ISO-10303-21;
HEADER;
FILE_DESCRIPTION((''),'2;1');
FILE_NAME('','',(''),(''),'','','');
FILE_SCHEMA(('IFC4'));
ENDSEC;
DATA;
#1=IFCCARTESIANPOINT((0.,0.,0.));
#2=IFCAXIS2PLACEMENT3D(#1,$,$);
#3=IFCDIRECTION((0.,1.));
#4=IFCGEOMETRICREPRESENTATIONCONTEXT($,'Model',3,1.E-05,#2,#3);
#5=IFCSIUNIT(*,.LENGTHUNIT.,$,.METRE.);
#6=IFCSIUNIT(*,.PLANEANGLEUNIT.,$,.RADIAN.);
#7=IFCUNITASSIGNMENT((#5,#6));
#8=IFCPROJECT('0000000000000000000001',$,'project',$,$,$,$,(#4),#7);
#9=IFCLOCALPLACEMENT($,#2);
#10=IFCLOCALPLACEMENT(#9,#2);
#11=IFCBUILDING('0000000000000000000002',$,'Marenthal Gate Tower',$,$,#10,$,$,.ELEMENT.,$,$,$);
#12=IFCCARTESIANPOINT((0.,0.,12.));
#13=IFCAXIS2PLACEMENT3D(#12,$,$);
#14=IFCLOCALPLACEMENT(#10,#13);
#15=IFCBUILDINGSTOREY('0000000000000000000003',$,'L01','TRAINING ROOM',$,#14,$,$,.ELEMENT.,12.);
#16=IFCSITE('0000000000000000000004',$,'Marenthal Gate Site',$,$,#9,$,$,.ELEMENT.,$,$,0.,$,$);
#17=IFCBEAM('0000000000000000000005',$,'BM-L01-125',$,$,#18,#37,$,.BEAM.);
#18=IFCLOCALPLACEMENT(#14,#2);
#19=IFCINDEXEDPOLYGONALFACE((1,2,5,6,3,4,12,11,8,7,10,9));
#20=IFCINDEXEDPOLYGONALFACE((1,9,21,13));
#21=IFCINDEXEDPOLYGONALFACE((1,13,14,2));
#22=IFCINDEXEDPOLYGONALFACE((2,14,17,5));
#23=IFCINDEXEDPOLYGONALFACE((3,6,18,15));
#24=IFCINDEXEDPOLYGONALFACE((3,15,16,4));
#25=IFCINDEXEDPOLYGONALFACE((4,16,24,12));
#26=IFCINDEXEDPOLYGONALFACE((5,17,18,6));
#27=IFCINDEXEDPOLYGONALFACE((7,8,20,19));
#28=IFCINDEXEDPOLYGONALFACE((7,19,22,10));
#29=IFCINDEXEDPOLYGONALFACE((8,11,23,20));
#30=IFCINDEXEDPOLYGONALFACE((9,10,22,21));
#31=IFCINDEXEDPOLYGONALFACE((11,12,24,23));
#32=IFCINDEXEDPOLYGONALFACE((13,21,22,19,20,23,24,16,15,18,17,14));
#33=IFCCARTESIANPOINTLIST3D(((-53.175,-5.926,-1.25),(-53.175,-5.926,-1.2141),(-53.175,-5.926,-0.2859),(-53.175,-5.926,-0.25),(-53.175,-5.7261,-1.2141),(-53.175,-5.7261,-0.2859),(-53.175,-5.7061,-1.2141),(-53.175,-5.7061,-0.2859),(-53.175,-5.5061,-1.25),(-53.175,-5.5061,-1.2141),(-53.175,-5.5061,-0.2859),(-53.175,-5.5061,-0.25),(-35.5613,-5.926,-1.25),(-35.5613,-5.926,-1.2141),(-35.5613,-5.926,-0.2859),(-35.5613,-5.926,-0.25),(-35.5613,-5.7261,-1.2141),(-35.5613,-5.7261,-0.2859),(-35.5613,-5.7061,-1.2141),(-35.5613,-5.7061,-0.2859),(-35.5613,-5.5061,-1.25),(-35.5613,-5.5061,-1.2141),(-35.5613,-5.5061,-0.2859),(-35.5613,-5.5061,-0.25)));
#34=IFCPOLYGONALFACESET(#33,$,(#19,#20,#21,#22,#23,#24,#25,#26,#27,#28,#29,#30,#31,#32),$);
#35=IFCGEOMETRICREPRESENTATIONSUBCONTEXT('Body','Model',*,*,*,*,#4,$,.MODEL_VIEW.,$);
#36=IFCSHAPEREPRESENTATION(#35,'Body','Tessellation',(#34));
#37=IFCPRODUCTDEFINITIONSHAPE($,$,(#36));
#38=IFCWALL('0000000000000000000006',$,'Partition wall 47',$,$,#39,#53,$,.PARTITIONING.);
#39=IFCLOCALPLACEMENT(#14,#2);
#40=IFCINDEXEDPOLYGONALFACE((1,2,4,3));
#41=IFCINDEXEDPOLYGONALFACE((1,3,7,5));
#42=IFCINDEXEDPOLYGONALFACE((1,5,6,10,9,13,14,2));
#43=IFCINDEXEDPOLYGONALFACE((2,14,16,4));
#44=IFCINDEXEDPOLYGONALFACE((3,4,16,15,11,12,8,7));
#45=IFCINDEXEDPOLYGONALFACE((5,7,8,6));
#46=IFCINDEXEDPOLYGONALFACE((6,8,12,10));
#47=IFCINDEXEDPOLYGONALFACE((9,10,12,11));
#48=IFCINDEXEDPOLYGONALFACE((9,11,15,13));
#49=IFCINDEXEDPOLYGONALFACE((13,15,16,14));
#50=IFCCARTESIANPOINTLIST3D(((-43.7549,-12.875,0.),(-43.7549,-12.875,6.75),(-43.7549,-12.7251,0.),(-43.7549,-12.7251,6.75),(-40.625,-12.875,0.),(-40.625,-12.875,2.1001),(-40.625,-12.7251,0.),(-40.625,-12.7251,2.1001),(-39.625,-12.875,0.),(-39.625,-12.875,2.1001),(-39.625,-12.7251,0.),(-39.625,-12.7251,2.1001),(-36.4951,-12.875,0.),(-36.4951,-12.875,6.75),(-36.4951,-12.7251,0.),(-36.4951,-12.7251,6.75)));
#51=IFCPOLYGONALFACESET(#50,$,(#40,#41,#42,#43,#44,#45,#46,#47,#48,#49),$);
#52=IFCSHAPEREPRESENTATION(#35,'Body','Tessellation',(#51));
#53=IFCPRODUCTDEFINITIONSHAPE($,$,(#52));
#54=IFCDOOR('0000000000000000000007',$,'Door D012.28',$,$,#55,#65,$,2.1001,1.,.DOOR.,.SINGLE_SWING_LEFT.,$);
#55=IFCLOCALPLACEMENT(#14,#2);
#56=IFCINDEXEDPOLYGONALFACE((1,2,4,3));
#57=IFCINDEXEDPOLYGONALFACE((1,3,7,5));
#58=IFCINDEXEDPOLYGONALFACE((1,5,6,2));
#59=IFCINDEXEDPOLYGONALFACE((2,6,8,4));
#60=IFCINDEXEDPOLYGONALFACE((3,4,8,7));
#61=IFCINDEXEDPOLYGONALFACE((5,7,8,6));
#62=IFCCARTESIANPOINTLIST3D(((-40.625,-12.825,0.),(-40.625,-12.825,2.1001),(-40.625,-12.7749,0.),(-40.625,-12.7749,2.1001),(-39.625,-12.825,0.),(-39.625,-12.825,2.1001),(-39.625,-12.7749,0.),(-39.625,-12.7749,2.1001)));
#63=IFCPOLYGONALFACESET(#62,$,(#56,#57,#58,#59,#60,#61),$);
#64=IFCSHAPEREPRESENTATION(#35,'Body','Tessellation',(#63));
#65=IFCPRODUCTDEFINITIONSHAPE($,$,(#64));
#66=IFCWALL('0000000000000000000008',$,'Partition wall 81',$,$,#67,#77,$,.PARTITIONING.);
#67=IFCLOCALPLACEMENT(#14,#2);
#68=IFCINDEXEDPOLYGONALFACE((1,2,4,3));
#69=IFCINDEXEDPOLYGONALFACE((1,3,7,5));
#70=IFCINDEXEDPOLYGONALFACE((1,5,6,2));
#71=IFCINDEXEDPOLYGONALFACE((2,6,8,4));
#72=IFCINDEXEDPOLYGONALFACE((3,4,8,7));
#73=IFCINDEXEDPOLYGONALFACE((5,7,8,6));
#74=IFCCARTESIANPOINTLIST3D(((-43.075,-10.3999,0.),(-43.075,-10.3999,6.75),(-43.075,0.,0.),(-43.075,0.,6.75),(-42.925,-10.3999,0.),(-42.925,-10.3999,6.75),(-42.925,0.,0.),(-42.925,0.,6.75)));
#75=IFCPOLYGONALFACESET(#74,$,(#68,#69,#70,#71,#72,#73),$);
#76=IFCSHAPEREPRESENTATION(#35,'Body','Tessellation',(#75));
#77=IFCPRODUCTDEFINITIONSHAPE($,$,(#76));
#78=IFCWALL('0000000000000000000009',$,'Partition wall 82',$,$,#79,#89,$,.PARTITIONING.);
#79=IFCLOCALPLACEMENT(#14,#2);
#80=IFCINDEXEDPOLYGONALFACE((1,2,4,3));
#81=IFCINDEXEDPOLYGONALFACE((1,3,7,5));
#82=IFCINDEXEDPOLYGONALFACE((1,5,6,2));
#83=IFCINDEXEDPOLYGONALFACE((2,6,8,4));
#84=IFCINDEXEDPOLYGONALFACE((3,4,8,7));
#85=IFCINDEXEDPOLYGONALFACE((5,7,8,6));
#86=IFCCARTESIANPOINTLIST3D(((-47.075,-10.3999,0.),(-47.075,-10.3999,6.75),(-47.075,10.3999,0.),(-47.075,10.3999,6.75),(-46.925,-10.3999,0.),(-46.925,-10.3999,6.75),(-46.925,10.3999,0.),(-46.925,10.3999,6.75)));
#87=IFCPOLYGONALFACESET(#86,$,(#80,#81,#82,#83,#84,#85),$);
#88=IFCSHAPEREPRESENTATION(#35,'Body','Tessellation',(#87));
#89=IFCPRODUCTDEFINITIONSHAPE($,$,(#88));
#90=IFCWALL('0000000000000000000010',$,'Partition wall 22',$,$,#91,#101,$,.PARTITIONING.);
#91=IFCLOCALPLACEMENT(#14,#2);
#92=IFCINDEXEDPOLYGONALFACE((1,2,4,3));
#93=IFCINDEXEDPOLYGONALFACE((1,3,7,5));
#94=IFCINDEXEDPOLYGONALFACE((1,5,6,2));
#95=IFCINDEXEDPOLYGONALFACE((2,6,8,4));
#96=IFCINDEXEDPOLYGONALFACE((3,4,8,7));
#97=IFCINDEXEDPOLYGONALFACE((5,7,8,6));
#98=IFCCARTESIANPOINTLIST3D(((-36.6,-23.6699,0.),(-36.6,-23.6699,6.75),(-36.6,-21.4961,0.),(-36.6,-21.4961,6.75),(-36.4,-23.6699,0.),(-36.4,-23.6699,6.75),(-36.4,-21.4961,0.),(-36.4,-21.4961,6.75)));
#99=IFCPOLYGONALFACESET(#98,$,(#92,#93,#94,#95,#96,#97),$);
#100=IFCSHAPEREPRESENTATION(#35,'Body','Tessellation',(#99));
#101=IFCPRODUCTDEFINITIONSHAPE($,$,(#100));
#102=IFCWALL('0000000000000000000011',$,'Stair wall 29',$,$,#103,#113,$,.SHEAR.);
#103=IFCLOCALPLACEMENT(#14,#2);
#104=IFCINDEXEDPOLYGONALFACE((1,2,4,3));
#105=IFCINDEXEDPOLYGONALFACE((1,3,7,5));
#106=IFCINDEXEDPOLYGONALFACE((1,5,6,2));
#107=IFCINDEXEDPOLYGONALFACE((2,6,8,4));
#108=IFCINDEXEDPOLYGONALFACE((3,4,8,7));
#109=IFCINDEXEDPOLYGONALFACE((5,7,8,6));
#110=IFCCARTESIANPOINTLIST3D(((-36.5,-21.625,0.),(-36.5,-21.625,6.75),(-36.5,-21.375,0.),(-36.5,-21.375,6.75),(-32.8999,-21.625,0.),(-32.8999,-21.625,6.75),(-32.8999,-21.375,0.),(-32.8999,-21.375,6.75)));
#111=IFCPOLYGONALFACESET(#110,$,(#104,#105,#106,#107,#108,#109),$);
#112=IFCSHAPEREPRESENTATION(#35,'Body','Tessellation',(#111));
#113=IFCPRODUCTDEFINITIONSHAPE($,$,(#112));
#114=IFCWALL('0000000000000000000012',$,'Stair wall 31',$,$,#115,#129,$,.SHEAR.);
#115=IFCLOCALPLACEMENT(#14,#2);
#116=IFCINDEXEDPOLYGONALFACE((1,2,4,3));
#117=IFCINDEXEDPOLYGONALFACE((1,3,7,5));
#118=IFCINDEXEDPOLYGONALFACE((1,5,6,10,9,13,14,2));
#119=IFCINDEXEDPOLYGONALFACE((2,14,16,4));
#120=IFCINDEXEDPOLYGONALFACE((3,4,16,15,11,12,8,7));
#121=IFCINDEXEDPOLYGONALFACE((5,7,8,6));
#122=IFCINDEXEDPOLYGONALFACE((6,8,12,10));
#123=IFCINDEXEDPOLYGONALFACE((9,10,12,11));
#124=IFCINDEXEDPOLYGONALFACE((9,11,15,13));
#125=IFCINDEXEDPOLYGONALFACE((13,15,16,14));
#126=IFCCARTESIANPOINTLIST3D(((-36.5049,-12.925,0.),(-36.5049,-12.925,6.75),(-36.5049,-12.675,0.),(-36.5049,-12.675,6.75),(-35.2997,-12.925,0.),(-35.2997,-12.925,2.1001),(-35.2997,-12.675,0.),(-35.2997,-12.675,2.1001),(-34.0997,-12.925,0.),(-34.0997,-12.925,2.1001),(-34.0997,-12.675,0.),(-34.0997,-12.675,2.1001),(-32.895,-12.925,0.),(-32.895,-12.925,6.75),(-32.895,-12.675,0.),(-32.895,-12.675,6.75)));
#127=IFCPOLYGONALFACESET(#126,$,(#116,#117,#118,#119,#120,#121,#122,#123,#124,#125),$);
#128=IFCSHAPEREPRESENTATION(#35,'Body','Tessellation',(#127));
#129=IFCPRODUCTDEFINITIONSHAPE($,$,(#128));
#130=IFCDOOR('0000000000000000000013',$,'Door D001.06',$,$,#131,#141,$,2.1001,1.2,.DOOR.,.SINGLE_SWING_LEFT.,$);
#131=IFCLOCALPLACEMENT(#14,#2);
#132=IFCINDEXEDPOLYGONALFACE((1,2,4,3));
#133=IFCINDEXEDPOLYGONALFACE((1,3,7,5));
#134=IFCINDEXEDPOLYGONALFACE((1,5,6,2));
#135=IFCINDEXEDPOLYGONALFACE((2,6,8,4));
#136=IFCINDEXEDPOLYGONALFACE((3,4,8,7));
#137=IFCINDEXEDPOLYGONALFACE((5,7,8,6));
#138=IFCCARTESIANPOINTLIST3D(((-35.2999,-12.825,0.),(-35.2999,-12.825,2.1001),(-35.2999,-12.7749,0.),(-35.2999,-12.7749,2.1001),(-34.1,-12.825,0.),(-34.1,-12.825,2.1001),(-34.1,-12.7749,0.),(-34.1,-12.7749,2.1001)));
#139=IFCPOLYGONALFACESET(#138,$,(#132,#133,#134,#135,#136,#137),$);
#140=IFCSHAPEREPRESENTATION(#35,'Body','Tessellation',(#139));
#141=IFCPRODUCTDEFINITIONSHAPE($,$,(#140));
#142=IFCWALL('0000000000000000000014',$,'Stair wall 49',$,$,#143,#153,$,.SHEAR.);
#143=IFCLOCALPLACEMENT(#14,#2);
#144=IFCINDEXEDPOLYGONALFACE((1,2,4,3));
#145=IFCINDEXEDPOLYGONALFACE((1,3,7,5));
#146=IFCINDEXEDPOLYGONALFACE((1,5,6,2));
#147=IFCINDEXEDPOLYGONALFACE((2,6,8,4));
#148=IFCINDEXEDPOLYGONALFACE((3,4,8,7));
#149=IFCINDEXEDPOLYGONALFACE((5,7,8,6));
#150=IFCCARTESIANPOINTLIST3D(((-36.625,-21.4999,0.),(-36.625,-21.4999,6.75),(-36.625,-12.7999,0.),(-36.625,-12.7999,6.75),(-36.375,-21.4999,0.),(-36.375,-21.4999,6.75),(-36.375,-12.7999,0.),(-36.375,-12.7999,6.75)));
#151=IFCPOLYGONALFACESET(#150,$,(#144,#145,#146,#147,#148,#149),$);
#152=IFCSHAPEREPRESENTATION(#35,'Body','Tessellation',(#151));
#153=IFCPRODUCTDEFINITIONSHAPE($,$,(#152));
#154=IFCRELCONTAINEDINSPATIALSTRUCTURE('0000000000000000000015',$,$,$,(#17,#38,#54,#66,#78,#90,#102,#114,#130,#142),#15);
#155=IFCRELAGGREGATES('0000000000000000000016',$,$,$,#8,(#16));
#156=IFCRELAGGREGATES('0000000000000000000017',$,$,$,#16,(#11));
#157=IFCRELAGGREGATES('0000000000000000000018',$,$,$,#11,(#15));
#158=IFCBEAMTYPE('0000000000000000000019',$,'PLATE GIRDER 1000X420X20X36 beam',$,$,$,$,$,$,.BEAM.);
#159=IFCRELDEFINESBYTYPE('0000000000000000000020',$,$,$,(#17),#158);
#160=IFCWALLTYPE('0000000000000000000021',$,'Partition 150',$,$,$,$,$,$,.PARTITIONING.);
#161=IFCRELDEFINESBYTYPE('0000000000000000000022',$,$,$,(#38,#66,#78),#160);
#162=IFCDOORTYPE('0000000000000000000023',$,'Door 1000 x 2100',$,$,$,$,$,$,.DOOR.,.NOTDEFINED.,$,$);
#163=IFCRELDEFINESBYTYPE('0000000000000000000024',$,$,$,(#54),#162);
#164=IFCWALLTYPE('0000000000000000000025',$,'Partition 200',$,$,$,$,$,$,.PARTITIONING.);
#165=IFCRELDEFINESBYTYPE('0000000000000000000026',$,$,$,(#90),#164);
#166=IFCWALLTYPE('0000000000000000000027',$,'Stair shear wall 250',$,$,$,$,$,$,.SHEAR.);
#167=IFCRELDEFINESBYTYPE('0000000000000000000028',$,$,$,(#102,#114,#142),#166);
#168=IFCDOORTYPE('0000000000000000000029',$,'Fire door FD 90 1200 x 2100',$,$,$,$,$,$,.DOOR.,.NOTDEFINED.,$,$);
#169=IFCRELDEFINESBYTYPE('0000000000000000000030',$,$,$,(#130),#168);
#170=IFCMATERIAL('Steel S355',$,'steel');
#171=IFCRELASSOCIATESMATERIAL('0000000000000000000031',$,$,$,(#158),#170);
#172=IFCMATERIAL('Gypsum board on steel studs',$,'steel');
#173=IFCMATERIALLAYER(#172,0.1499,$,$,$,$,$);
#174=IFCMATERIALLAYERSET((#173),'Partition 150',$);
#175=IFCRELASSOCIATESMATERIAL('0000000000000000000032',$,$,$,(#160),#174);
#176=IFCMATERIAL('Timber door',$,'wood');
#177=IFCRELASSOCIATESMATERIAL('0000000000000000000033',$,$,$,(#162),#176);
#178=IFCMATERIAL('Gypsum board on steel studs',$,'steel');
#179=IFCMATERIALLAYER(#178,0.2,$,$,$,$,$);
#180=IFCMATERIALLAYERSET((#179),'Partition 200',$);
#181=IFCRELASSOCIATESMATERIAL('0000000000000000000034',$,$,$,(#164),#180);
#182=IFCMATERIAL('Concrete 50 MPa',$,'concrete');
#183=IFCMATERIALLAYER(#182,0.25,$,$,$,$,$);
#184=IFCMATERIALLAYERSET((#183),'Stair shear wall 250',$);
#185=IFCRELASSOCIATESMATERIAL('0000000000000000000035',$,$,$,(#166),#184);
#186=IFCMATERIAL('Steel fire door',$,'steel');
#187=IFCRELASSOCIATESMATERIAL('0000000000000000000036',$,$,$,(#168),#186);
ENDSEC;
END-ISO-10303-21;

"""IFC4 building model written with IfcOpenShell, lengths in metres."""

from ifc_helpers import new_model, si_unit, direction, frame, frame_2d, origin, origin_2d, place, context, subcontext, project, spatial, rectangle, i_section, extrude, material, layer, layer_set, material_profile, profile_set, type_object, element, fill, save


model = new_model("IFC4")

# Units and contexts
model_context = context("Model", 3, precision=1e-05, world=origin(), true_north=direction((0.0, 1.0)))
body_context = subcontext(model_context, "Body", "Model", "MODEL_VIEW")
ifc_project = project(units=[si_unit("LENGTHUNIT", "METRE"), si_unit("PLANEANGLEUNIT", "RADIAN")], contexts=[model_context])

# Site, building, storey
site_placement = place(None, origin())
site = spatial("IfcSite", under=ifc_project, at=site_placement, Name="Marenthal Gate Site", CompositionType="ELEMENT", RefElevation=0.0)
building_placement = place(site_placement, origin())
building = spatial("IfcBuilding", under=site, at=building_placement, Name="Marenthal Gate Tower", CompositionType="ELEMENT")
storey_placement = place(building_placement, frame((0.0, 0.0, 12.0)))
storey = spatial("IfcBuildingStorey", under=building, at=storey_placement, Name="L01", Description="TRAINING ROOM", CompositionType="ELEMENT", Elevation=12.0)

# Beam
ifc_material_1 = material(Name="Steel S355", Category="steel")
ifc_material_profile = material_profile(ifc_material_1, i_section(OverallWidth=0.4199, OverallDepth=1.0, WebThickness=0.02, FlangeThickness=0.0359, at=origin_2d()), Name="PLATE GIRDER 1000X420X20X36")
ifc_profile_set = profile_set([ifc_material_profile], Name="Steel S355")
beam_type = type_object("IfcBeamType", Name="PLATE GIRDER 1000X420X20X36 beam", PredefinedType="BEAM", material=ifc_profile_set)
beam_placement = place(storey_placement, frame((-35.5613, -5.7161, -0.75), z_axis=(-1.0, 0.0, 0.0), x_axis=(0.0, -1.0, 0.0)))
element("IfcBeam", 1, at=beam_placement, inside=storey, type_object=beam_type, Name="BM-L01-125", PredefinedType="BEAM", context=body_context, shape_type="SweptSolid", body=[
    extrude(i_section(OverallWidth=0.4199, OverallDepth=1.0, WebThickness=0.02, FlangeThickness=0.0359, at=origin_2d()), origin(), (0.0, 0.0, 1.0), 17.6138),
])

# Wall, opening, door
ifc_material_2 = material(Name="Gypsum board on steel studs", Category="steel")
ifc_layer_1 = layer(ifc_material_2, 0.1499)
ifc_layer_set_1 = layer_set([ifc_layer_1], Name="Partition 150")
wall_type_1 = type_object("IfcWallType", Name="Partition 150", PredefinedType="PARTITIONING", material=ifc_layer_set_1)
wall_1_placement = place(storey_placement, frame((-43.7549, -12.8, 0.0), z_axis=(0.0, 0.0, 1.0), x_axis=(1.0, 0.0, 0.0)))
wall_1 = element("IfcWall", 2, at=wall_1_placement, inside=storey, type_object=wall_type_1, Name="Partition wall 47", PredefinedType="PARTITIONING", context=body_context, shape_type="SweptSolid", body=[
    extrude(rectangle(XDim=7.2598, YDim=0.1499, at=frame_2d((3.6299, 0.0))), origin(), (0.0, 0.0, 1.0), 6.75),
])
opening_1_placement = place(wall_1_placement, frame((3.1299, 0.0, 0.0)))
opening_1 = element("IfcOpeningElement", 3, at=opening_1_placement, cuts=wall_1, PredefinedType="OPENING", context=body_context, shape_type="SweptSolid", body=[
    extrude(rectangle(XDim=1.0, YDim=2.1001, at=frame_2d((0.5, 1.05))), frame((0.0, 0.085, 0.0), z_axis=(0.0, -1.0, 0.0), x_axis=(1.0, 0.0, 0.0)), (0.0, 0.0, 1.0), 0.1699),
])
ifc_material_3 = material(Name="Timber door", Category="wood")
door_type_1 = type_object("IfcDoorType", Name="Door 1000 x 2100", OperationType="NOTDEFINED", PredefinedType="DOOR", material=ifc_material_3)
door_1_placement = place(opening_1_placement, frame((1.0, 0.0, 0.0), z_axis=(0.0, 0.0, 1.0), x_axis=(-1.0, 0.0, 0.0)))
door_1 = element("IfcDoor", 4, at=door_1_placement, inside=storey, type_object=door_type_1, Name="Door D012.28", OperationType="SINGLE_SWING_LEFT", OverallHeight=2.1001, OverallWidth=1.0, PredefinedType="DOOR", context=body_context, shape_type="SweptSolid", body=[
    extrude(rectangle(XDim=1.0, YDim=2.1001, at=frame_2d((0.5, 1.05))), frame((0.0, 0.0249, 0.0), z_axis=(0.0, -1.0, 0.0), x_axis=(1.0, 0.0, 0.0)), (0.0, 0.0, 1.0), 0.05),
])
fill(opening_1, door_1)

# Walls
wall_2_placement = place(storey_placement, frame((-43.0, -10.3999, 0.0), z_axis=(0.0, 0.0, 1.0), x_axis=(0.0, 1.0, 0.0)))
element("IfcWall", 5, at=wall_2_placement, inside=storey, type_object=wall_type_1, Name="Partition wall 81", PredefinedType="PARTITIONING", context=body_context, shape_type="SweptSolid", body=[
    extrude(rectangle(XDim=10.3999, YDim=0.1499, at=frame_2d((5.2, 0.0))), origin(), (0.0, 0.0, 1.0), 6.75),
])
wall_3_placement = place(storey_placement, frame((-47.0, -10.3999, 0.0), z_axis=(0.0, 0.0, 1.0), x_axis=(0.0, 1.0, 0.0)))
element("IfcWall", 6, at=wall_3_placement, inside=storey, type_object=wall_type_1, Name="Partition wall 82", PredefinedType="PARTITIONING", context=body_context, shape_type="SweptSolid", body=[
    extrude(rectangle(XDim=20.7998, YDim=0.1499, at=frame_2d((10.3999, 0.0))), origin(), (0.0, 0.0, 1.0), 6.75),
])
ifc_material_4 = material(Name="Gypsum board on steel studs", Category="steel")
ifc_layer_2 = layer(ifc_material_4, 0.2)
ifc_layer_set_2 = layer_set([ifc_layer_2], Name="Partition 200")
wall_type_2 = type_object("IfcWallType", Name="Partition 200", PredefinedType="PARTITIONING", material=ifc_layer_set_2)
wall_4_placement = place(storey_placement, frame((-36.5, -23.6699, 0.0), z_axis=(0.0, 0.0, 1.0), x_axis=(0.0, 1.0, 0.0)))
element("IfcWall", 7, at=wall_4_placement, inside=storey, type_object=wall_type_2, Name="Partition wall 22", PredefinedType="PARTITIONING", context=body_context, shape_type="SweptSolid", body=[
    extrude(rectangle(XDim=2.1738, YDim=0.2, at=frame_2d((1.0869, 0.0))), origin(), (0.0, 0.0, 1.0), 6.75),
])
ifc_material_5 = material(Name="Concrete 50 MPa", Category="concrete")
ifc_layer_3 = layer(ifc_material_5, 0.25)
ifc_layer_set_3 = layer_set([ifc_layer_3], Name="Stair shear wall 250")
wall_type_3 = type_object("IfcWallType", Name="Stair shear wall 250", PredefinedType="SHEAR", material=ifc_layer_set_3)
wall_5_placement = place(storey_placement, frame((-36.5, -21.5, 0.0), z_axis=(0.0, 0.0, 1.0), x_axis=(1.0, 0.0, 0.0)))
element("IfcWall", 8, at=wall_5_placement, inside=storey, type_object=wall_type_3, Name="Stair wall 29", PredefinedType="SHEAR", context=body_context, shape_type="SweptSolid", body=[
    extrude(rectangle(XDim=3.6001, YDim=0.25, at=frame_2d((1.8, 0.0))), origin(), (0.0, 0.0, 1.0), 6.75),
])

# Wall, opening, door
wall_6_placement = place(storey_placement, frame((-36.5049, -12.8, 0.0), z_axis=(0.0, 0.0, 1.0), x_axis=(1.0, 0.0, 0.0)))
wall_6 = element("IfcWall", 9, at=wall_6_placement, inside=storey, type_object=wall_type_3, Name="Stair wall 31", PredefinedType="SHEAR", context=body_context, shape_type="SweptSolid", body=[
    extrude(rectangle(XDim=3.6099, YDim=0.25, at=frame_2d((1.8049, 0.0))), origin(), (0.0, 0.0, 1.0), 6.75),
])
opening_2_placement = place(wall_6_placement, frame((1.2051, 0.0, 0.0)))
opening_2 = element("IfcOpeningElement", 10, at=opening_2_placement, cuts=wall_6, PredefinedType="OPENING", context=body_context, shape_type="SweptSolid", body=[
    extrude(rectangle(XDim=1.2, YDim=2.1001, at=frame_2d((0.6001, 1.05))), frame((0.0, 0.135, 0.0), z_axis=(0.0, -1.0, 0.0), x_axis=(1.0, 0.0, 0.0)), (0.0, 0.0, 1.0), 0.27),
])
ifc_material_6 = material(Name="Steel fire door", Category="steel")
door_type_2 = type_object("IfcDoorType", Name="Fire door FD 90 1200 x 2100", OperationType="NOTDEFINED", PredefinedType="DOOR", material=ifc_material_6)
door_2_placement = place(opening_2_placement, frame((1.2, 0.0, 0.0), z_axis=(0.0, 0.0, 1.0), x_axis=(-1.0, 0.0, 0.0)))
door_2 = element("IfcDoor", 11, at=door_2_placement, inside=storey, type_object=door_type_2, Name="Door D001.06", OperationType="SINGLE_SWING_LEFT", OverallHeight=2.1001, OverallWidth=1.2, PredefinedType="DOOR", context=body_context, shape_type="SweptSolid", body=[
    extrude(rectangle(XDim=1.2, YDim=2.1001, at=frame_2d((0.6001, 1.05))), frame((0.0, 0.0249, 0.0), z_axis=(0.0, -1.0, 0.0), x_axis=(1.0, 0.0, 0.0)), (0.0, 0.0, 1.0), 0.05),
])
fill(opening_2, door_2)

# Wall
wall_7_placement = place(storey_placement, frame((-36.5, -21.5, 0.0), z_axis=(0.0, 0.0, 1.0), x_axis=(0.0, 1.0, 0.0)))
element("IfcWall", 12, at=wall_7_placement, inside=storey, type_object=wall_type_3, Name="Stair wall 49", PredefinedType="SHEAR", context=body_context, shape_type="SweptSolid", body=[
    extrude(rectangle(XDim=8.7, YDim=0.25, at=frame_2d((4.3501, 0.0))), origin(), (0.0, 0.0, 1.0), 6.75),
])

save(model, "model.ifc")
